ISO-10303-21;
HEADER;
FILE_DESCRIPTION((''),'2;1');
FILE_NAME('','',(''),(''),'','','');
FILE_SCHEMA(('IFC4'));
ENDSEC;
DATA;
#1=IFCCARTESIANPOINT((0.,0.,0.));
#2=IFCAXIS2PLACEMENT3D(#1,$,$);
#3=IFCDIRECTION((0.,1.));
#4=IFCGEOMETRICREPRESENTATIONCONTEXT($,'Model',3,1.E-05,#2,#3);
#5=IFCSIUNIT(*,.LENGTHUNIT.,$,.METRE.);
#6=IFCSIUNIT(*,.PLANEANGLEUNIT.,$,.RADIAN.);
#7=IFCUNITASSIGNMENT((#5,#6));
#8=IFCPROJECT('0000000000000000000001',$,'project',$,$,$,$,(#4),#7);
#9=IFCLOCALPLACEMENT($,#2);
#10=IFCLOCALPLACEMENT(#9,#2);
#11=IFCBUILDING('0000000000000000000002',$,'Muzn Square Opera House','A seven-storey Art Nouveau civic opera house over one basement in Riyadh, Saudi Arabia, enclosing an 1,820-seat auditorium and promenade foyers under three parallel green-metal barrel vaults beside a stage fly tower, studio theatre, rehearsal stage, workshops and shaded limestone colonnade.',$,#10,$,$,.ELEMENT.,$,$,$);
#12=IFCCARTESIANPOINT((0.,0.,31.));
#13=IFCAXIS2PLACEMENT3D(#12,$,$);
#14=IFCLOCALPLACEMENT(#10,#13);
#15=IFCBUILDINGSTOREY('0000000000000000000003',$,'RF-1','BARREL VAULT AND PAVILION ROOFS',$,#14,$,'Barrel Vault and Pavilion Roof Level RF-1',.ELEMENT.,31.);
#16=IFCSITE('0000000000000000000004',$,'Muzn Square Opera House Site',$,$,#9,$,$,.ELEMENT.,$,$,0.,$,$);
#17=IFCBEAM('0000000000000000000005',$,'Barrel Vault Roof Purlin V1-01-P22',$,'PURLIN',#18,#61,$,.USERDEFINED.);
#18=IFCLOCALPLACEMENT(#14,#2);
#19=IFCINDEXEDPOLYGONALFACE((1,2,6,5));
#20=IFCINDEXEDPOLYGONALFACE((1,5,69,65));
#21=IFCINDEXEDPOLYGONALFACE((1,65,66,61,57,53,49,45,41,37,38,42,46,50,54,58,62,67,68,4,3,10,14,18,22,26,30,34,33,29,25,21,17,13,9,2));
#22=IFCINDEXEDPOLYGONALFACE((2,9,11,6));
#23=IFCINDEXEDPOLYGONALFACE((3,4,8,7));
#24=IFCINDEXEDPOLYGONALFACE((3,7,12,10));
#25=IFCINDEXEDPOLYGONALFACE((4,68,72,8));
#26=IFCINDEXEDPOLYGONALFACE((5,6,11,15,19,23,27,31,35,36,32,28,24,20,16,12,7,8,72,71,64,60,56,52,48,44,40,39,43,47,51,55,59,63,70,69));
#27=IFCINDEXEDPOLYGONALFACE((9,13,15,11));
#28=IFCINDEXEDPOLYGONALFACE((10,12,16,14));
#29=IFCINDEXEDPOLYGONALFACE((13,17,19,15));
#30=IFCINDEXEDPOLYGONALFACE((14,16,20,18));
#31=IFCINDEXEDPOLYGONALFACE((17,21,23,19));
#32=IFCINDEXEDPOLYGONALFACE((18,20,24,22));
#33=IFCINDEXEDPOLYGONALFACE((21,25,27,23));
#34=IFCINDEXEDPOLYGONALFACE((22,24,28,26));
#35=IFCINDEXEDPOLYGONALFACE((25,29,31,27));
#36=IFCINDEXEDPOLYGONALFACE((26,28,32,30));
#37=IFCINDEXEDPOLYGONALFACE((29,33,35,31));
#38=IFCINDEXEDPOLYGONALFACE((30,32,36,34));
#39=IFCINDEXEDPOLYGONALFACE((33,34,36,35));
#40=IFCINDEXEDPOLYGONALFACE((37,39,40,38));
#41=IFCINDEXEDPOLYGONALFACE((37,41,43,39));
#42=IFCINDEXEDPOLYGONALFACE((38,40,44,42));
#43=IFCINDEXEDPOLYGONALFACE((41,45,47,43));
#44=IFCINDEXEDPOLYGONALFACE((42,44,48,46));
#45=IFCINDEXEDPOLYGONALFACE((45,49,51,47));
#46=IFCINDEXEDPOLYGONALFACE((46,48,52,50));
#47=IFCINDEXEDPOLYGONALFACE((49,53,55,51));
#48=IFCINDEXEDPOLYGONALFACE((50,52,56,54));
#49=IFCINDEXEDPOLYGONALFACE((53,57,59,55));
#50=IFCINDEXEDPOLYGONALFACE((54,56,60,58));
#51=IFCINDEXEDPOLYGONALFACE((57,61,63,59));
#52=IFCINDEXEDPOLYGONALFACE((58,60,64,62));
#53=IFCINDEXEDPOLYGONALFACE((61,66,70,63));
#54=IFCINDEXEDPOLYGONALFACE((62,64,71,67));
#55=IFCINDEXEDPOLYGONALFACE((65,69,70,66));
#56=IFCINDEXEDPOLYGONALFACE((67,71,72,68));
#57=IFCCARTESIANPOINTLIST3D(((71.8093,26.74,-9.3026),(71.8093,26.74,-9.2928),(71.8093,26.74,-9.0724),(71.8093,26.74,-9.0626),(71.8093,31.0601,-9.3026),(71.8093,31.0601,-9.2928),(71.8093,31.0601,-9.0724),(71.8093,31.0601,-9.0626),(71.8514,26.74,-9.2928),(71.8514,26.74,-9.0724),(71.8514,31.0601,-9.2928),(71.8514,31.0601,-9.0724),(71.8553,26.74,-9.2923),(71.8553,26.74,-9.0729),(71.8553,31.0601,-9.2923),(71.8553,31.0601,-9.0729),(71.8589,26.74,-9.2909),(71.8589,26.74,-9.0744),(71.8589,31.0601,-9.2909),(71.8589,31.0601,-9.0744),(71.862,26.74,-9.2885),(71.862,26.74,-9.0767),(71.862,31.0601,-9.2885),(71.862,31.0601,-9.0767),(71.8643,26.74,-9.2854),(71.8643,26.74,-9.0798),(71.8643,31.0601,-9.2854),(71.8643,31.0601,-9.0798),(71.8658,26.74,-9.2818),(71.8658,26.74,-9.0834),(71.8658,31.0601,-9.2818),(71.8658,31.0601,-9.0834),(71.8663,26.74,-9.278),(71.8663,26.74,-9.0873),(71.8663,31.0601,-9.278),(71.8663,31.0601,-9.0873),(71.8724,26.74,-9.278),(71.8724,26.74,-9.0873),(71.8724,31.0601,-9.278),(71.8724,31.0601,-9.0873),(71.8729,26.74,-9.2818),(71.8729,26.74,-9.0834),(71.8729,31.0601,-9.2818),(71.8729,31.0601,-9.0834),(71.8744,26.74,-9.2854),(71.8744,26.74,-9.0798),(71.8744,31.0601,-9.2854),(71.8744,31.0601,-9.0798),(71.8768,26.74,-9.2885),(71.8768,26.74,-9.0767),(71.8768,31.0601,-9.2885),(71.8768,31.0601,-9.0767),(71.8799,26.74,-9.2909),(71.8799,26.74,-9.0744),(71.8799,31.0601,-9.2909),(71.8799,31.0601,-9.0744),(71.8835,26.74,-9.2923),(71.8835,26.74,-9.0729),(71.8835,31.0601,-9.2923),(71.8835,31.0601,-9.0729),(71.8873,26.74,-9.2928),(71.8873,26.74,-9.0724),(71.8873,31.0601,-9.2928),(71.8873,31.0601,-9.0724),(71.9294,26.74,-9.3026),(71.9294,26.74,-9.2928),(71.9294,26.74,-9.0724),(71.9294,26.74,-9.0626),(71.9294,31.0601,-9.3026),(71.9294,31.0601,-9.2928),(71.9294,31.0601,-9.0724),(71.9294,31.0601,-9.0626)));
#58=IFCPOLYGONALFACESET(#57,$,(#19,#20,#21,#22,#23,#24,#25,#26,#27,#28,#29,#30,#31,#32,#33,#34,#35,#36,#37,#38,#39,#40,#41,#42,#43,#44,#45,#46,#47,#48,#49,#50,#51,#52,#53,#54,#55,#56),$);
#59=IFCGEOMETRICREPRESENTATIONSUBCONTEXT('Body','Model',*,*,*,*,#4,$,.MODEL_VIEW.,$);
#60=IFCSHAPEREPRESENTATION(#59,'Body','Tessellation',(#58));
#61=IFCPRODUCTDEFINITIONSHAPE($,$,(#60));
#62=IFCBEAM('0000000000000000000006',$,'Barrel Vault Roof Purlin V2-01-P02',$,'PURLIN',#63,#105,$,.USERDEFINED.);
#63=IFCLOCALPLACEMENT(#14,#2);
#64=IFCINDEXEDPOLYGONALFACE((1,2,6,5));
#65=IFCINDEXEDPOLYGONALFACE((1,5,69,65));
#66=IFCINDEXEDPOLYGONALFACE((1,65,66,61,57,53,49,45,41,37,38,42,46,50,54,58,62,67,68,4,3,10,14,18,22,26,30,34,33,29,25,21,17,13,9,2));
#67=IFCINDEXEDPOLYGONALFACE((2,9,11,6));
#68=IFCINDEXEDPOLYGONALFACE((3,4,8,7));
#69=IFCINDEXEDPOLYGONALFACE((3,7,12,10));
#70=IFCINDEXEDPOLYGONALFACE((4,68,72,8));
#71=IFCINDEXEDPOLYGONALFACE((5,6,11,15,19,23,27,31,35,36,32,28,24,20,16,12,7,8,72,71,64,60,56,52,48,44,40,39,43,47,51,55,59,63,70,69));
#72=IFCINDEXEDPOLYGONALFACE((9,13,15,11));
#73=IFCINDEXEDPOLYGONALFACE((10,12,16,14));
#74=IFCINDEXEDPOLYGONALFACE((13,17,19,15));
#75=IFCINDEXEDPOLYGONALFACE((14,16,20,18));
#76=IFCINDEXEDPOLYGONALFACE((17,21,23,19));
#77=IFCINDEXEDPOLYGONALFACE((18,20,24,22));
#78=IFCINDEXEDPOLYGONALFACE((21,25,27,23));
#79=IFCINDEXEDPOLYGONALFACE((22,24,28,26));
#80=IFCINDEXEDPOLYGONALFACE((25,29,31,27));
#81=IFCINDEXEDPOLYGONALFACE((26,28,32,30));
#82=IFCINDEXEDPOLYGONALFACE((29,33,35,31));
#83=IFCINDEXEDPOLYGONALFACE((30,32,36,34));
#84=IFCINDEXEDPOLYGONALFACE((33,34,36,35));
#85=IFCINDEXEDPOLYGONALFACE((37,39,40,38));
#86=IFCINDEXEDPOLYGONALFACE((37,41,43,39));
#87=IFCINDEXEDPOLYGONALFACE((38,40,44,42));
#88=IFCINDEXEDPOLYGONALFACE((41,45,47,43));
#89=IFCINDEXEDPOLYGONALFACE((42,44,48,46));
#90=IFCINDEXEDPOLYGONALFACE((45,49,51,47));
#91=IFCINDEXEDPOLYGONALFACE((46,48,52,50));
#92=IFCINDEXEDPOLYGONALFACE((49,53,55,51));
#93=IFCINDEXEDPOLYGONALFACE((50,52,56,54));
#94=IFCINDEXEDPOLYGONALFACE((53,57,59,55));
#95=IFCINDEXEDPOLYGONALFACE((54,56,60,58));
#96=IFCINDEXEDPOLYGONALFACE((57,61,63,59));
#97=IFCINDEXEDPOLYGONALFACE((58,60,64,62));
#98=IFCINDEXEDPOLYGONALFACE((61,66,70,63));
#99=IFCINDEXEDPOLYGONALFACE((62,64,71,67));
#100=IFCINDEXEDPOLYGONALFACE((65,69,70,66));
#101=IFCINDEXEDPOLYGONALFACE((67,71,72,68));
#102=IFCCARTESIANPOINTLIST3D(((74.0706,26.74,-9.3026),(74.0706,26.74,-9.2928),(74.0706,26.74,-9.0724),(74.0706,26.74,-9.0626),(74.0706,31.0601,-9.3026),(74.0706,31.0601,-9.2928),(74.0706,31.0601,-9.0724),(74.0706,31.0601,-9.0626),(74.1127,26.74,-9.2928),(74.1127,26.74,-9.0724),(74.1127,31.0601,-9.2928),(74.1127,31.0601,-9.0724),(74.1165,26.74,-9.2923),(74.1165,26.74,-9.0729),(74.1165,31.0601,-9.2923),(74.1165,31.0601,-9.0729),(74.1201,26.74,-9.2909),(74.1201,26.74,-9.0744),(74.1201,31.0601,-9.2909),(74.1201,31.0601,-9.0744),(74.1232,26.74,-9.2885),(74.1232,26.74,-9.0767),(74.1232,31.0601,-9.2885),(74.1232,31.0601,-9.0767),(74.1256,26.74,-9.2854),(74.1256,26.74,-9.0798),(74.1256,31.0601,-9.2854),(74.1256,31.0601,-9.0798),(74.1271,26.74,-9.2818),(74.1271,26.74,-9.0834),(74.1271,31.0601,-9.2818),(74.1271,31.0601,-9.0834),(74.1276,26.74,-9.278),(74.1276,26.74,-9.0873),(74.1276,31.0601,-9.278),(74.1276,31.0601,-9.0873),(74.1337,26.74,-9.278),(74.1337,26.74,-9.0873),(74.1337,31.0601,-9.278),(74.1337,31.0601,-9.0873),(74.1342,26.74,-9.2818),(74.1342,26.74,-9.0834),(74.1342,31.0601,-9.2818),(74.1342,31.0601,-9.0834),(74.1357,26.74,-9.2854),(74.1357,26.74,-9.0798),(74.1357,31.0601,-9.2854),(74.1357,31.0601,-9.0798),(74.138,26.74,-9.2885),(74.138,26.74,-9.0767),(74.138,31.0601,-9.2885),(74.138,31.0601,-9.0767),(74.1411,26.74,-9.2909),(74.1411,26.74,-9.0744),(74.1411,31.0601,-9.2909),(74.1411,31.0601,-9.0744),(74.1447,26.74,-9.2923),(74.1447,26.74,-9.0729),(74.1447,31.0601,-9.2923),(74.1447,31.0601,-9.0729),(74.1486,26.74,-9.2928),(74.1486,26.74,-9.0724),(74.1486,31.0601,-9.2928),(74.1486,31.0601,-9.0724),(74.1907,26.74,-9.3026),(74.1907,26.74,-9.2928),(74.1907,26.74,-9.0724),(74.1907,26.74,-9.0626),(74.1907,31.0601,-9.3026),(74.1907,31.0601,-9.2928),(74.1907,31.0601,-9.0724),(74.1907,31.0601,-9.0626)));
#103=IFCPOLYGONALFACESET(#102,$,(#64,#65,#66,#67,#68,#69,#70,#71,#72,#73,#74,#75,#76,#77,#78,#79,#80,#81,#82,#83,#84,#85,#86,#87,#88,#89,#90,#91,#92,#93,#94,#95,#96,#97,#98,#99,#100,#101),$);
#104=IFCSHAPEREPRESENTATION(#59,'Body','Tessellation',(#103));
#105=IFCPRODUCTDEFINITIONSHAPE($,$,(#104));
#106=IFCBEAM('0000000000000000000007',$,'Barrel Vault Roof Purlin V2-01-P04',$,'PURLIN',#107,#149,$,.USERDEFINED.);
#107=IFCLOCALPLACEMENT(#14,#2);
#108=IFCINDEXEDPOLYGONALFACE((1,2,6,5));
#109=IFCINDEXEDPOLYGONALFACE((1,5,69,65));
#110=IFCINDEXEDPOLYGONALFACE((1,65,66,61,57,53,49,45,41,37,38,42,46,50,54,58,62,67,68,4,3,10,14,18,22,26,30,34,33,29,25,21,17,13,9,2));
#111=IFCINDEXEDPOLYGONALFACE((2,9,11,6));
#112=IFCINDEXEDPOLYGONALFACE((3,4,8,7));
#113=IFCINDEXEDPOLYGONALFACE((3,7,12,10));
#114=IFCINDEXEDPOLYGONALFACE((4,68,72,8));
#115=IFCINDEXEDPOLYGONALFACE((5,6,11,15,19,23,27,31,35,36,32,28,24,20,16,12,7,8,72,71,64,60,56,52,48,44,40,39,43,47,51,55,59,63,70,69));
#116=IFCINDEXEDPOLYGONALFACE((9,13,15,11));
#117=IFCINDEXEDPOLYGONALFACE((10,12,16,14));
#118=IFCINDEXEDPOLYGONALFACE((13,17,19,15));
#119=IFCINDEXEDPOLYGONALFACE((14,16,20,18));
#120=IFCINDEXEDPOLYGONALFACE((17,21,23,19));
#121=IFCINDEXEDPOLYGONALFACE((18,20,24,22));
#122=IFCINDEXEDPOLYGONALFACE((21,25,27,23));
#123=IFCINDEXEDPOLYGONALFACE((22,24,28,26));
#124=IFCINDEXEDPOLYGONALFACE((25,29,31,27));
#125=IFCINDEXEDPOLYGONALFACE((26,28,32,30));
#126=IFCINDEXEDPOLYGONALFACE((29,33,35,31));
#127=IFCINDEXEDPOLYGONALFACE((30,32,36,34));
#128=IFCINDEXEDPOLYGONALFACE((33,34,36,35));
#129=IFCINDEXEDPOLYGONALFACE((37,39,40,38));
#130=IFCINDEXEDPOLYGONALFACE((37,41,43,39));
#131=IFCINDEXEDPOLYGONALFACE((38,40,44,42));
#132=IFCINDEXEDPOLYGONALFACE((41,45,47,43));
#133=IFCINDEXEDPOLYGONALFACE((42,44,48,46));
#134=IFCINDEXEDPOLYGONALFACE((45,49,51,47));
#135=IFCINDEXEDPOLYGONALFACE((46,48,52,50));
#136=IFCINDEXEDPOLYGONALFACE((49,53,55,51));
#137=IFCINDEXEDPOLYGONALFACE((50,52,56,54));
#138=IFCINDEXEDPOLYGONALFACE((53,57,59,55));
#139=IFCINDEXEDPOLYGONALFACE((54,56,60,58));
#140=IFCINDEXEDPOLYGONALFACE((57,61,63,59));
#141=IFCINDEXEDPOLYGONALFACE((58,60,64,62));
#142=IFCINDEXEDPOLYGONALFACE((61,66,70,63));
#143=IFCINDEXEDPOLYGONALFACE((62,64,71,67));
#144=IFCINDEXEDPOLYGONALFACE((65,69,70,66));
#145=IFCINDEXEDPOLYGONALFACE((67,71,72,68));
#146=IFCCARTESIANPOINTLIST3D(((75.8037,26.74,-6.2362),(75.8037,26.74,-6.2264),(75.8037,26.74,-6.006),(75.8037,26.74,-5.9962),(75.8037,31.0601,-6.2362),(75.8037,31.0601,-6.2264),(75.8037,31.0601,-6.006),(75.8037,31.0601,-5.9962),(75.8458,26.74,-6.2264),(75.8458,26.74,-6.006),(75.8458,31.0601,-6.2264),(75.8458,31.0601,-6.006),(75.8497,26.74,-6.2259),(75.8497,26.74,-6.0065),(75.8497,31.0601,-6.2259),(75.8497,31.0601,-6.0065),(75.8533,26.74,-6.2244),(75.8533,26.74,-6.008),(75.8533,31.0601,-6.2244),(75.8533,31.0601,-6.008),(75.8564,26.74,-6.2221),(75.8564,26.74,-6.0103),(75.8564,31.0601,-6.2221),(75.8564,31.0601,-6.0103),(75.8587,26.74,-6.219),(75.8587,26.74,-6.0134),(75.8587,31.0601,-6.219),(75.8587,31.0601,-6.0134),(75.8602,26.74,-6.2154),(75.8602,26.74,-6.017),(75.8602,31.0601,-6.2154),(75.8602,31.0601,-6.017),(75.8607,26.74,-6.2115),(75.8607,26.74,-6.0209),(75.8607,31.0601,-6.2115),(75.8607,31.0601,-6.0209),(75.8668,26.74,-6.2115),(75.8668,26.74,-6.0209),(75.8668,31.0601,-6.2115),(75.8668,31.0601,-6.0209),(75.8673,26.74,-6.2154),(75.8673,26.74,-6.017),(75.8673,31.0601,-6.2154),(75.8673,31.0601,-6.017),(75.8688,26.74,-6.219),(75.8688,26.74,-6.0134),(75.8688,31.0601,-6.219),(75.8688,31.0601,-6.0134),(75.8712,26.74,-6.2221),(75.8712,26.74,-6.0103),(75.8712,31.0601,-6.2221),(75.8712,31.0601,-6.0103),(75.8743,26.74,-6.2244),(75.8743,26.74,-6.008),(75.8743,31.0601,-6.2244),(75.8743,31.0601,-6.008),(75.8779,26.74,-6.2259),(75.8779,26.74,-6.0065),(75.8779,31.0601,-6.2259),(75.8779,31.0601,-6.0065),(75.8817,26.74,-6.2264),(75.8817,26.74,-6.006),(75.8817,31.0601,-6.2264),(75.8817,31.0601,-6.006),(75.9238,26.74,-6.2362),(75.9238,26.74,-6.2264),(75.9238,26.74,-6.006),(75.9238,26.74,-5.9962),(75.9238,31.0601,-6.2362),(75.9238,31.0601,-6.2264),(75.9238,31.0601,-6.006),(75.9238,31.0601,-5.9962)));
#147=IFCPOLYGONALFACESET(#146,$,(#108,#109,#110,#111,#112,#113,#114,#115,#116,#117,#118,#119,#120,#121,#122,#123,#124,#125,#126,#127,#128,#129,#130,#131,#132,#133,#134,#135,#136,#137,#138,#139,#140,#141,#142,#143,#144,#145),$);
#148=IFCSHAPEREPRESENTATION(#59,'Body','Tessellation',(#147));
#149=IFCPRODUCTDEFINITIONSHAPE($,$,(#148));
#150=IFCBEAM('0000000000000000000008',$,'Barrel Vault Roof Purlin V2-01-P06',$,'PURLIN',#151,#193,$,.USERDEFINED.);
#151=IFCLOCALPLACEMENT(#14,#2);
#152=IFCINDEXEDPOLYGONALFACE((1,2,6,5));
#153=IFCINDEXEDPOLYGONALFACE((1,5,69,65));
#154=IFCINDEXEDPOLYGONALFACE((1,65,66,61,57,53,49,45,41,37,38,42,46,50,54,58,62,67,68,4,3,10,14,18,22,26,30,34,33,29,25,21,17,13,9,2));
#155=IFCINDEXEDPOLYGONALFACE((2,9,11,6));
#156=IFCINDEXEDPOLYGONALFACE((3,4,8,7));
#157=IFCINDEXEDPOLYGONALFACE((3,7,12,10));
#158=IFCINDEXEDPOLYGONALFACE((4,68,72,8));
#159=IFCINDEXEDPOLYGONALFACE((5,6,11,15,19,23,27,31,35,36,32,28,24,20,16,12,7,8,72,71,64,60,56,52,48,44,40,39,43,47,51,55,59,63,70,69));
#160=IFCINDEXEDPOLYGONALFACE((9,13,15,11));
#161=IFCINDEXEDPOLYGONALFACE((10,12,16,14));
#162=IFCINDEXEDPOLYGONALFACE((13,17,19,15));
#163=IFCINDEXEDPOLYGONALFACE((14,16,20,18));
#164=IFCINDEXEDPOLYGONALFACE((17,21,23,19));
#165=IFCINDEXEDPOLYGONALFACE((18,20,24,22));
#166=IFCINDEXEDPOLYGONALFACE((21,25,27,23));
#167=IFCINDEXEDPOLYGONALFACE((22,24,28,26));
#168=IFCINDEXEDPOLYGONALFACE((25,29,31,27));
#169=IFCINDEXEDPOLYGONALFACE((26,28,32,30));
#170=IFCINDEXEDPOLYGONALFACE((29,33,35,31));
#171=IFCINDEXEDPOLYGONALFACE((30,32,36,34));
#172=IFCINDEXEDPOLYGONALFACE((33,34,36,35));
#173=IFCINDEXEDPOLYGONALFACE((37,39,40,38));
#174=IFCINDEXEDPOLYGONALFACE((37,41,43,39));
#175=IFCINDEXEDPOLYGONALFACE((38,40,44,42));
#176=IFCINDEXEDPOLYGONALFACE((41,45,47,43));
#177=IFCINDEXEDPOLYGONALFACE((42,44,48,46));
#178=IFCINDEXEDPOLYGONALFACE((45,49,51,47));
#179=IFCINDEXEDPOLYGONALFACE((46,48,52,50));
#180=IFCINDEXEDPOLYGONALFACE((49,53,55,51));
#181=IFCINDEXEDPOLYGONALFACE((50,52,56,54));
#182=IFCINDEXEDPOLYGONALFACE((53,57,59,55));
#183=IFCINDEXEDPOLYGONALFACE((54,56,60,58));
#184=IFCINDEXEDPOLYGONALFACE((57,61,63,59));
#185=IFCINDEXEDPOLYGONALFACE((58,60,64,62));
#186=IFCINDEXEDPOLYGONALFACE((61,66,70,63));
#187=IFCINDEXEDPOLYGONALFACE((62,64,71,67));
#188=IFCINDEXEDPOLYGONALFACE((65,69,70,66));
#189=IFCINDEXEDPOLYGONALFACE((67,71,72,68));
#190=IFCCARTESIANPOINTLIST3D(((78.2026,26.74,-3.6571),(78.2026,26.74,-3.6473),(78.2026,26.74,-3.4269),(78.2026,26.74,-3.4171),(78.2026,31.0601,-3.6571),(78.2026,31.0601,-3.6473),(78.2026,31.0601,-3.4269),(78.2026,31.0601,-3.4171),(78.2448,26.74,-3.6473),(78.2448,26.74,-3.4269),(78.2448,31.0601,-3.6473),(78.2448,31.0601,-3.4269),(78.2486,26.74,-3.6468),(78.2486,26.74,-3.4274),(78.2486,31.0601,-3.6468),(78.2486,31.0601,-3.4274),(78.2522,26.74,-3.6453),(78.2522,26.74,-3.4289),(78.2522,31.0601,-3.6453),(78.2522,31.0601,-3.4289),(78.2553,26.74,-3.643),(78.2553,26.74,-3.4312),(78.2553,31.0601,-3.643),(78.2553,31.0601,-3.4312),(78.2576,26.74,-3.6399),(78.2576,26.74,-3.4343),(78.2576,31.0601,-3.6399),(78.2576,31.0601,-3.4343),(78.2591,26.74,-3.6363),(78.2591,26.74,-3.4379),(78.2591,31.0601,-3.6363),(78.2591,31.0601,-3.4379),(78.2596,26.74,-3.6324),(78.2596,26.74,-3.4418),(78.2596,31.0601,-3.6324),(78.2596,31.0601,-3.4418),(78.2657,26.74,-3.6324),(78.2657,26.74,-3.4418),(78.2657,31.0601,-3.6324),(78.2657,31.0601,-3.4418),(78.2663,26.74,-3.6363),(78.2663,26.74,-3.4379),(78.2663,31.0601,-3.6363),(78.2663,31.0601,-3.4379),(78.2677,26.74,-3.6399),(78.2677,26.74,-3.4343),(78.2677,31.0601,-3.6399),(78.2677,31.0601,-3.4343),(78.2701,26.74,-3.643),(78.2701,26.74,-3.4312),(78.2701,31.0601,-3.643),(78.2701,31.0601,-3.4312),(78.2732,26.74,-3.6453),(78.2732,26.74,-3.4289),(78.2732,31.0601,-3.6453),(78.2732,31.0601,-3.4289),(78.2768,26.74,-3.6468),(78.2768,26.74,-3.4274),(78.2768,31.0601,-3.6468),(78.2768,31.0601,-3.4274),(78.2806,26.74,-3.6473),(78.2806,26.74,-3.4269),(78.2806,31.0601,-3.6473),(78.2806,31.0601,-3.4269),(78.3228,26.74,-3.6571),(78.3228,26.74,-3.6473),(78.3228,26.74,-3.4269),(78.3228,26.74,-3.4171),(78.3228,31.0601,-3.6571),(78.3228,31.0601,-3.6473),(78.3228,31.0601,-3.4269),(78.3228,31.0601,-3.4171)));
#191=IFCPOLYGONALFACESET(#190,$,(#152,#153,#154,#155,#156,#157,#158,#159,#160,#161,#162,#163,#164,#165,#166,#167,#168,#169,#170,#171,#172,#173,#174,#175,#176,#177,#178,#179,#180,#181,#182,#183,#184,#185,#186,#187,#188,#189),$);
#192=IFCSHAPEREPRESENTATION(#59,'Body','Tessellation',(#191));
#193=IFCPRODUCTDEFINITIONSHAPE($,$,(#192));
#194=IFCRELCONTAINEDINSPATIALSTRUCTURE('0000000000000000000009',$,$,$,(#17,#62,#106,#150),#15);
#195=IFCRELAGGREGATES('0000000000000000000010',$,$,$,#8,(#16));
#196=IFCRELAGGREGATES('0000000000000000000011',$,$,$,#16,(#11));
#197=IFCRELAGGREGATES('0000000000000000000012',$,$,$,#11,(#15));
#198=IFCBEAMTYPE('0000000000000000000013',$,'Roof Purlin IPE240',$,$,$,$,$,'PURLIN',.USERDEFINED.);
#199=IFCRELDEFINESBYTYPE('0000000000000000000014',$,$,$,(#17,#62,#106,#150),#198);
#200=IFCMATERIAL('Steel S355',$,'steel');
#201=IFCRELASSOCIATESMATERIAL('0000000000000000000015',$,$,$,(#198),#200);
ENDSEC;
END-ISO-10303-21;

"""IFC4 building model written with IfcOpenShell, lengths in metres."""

from ifc_helpers import new_model, si_unit, direction, frame, origin, origin_2d, place, context, subcontext, project, spatial, i_section, extrude, material, material_profile, profile_set, type_object, element, save


model = new_model("IFC4")

# Units and contexts
model_context = context("Model", 3, precision=1e-05, world=origin(), true_north=direction((0.0, 1.0)))
body_context = subcontext(model_context, "Body", "Model", "MODEL_VIEW")
ifc_project = project(units=[si_unit("LENGTHUNIT", "METRE"), si_unit("PLANEANGLEUNIT", "RADIAN")], contexts=[model_context])

# Site, building, storey
site_placement = place(None, origin())
site = spatial("IfcSite", under=ifc_project, at=site_placement, Name="Muzn Square Opera House Site", CompositionType="ELEMENT", RefElevation=0.0)
building_placement = place(site_placement, origin())
building = spatial("IfcBuilding", under=site, at=building_placement, Name="Muzn Square Opera House", Description="A seven-storey Art Nouveau civic opera house over one basement in Riyadh, Saudi Arabia, enclosing an 1,820-seat auditorium and promenade foyers under three parallel green-metal barrel vaults beside a stage fly tower, studio theatre, rehearsal stage, workshops and shaded limestone colonnade.", CompositionType="ELEMENT")
storey_placement = place(building_placement, frame((0.0, 0.0, 31.0)))
storey = spatial("IfcBuildingStorey", under=building, at=storey_placement, Name="RF-1", Description="BARREL VAULT AND PAVILION ROOFS", LongName="Barrel Vault and Pavilion Roof Level RF-1", CompositionType="ELEMENT", Elevation=31.0)

# Beams
ifc_material_1 = material(Name="Steel S355", Category="steel")
ifc_material_profile_1 = material_profile(ifc_material_1, i_section(OverallWidth=0.1201, OverallDepth=0.24, WebThickness=0.0061, FlangeThickness=0.0098, FilletRadius=0.0149, at=origin_2d()), Name="IPE 240", Category="steel")
ifc_profile_set_1 = profile_set([ifc_material_profile_1], Name="Steel S355")
beam_type_1 = type_object("IfcBeamType", Name="Roof Purlin IPE240", ElementType="PURLIN", PredefinedType="USERDEFINED", material=ifc_profile_set_1)
for number, where, z_axis, x_axis, name in (
    (1, (71.8694, 26.74, -9.1826), (0.0, 1.0, 0.0), (-1.0, 0.0, 0.0), "Barrel Vault Roof Purlin V1-01-P22"),
    (2, (74.1306, 26.74, -9.1826), (0.0, 1.0, 0.0), (-1.0, 0.0, 0.0), "Barrel Vault Roof Purlin V2-01-P02"),
    (3, (75.8638, 26.74, -6.1162), (0.0, 1.0, 0.0), (-1.0, 0.0, 0.0), "Barrel Vault Roof Purlin V2-01-P04"),
    (4, (78.2627, 26.74, -3.5371), (0.0, 1.0, 0.0), (-1.0, 0.0, 0.0), "Barrel Vault Roof Purlin V2-01-P06"),
):
    element("IfcBeam", number, at=place(storey_placement, frame(where, z_axis=z_axis, x_axis=x_axis)), inside=storey, type_object=beam_type_1, Name=name, ObjectType="PURLIN", PredefinedType="USERDEFINED", context=body_context, shape_type="SweptSolid", body=[
        extrude(i_section(OverallWidth=0.1201, OverallDepth=0.24, WebThickness=0.0061, FlangeThickness=0.0098, FilletRadius=0.0149, at=origin_2d()), origin(), (0.0, 0.0, 1.0), 4.3201),
    ])

save(model, "model.ifc")
